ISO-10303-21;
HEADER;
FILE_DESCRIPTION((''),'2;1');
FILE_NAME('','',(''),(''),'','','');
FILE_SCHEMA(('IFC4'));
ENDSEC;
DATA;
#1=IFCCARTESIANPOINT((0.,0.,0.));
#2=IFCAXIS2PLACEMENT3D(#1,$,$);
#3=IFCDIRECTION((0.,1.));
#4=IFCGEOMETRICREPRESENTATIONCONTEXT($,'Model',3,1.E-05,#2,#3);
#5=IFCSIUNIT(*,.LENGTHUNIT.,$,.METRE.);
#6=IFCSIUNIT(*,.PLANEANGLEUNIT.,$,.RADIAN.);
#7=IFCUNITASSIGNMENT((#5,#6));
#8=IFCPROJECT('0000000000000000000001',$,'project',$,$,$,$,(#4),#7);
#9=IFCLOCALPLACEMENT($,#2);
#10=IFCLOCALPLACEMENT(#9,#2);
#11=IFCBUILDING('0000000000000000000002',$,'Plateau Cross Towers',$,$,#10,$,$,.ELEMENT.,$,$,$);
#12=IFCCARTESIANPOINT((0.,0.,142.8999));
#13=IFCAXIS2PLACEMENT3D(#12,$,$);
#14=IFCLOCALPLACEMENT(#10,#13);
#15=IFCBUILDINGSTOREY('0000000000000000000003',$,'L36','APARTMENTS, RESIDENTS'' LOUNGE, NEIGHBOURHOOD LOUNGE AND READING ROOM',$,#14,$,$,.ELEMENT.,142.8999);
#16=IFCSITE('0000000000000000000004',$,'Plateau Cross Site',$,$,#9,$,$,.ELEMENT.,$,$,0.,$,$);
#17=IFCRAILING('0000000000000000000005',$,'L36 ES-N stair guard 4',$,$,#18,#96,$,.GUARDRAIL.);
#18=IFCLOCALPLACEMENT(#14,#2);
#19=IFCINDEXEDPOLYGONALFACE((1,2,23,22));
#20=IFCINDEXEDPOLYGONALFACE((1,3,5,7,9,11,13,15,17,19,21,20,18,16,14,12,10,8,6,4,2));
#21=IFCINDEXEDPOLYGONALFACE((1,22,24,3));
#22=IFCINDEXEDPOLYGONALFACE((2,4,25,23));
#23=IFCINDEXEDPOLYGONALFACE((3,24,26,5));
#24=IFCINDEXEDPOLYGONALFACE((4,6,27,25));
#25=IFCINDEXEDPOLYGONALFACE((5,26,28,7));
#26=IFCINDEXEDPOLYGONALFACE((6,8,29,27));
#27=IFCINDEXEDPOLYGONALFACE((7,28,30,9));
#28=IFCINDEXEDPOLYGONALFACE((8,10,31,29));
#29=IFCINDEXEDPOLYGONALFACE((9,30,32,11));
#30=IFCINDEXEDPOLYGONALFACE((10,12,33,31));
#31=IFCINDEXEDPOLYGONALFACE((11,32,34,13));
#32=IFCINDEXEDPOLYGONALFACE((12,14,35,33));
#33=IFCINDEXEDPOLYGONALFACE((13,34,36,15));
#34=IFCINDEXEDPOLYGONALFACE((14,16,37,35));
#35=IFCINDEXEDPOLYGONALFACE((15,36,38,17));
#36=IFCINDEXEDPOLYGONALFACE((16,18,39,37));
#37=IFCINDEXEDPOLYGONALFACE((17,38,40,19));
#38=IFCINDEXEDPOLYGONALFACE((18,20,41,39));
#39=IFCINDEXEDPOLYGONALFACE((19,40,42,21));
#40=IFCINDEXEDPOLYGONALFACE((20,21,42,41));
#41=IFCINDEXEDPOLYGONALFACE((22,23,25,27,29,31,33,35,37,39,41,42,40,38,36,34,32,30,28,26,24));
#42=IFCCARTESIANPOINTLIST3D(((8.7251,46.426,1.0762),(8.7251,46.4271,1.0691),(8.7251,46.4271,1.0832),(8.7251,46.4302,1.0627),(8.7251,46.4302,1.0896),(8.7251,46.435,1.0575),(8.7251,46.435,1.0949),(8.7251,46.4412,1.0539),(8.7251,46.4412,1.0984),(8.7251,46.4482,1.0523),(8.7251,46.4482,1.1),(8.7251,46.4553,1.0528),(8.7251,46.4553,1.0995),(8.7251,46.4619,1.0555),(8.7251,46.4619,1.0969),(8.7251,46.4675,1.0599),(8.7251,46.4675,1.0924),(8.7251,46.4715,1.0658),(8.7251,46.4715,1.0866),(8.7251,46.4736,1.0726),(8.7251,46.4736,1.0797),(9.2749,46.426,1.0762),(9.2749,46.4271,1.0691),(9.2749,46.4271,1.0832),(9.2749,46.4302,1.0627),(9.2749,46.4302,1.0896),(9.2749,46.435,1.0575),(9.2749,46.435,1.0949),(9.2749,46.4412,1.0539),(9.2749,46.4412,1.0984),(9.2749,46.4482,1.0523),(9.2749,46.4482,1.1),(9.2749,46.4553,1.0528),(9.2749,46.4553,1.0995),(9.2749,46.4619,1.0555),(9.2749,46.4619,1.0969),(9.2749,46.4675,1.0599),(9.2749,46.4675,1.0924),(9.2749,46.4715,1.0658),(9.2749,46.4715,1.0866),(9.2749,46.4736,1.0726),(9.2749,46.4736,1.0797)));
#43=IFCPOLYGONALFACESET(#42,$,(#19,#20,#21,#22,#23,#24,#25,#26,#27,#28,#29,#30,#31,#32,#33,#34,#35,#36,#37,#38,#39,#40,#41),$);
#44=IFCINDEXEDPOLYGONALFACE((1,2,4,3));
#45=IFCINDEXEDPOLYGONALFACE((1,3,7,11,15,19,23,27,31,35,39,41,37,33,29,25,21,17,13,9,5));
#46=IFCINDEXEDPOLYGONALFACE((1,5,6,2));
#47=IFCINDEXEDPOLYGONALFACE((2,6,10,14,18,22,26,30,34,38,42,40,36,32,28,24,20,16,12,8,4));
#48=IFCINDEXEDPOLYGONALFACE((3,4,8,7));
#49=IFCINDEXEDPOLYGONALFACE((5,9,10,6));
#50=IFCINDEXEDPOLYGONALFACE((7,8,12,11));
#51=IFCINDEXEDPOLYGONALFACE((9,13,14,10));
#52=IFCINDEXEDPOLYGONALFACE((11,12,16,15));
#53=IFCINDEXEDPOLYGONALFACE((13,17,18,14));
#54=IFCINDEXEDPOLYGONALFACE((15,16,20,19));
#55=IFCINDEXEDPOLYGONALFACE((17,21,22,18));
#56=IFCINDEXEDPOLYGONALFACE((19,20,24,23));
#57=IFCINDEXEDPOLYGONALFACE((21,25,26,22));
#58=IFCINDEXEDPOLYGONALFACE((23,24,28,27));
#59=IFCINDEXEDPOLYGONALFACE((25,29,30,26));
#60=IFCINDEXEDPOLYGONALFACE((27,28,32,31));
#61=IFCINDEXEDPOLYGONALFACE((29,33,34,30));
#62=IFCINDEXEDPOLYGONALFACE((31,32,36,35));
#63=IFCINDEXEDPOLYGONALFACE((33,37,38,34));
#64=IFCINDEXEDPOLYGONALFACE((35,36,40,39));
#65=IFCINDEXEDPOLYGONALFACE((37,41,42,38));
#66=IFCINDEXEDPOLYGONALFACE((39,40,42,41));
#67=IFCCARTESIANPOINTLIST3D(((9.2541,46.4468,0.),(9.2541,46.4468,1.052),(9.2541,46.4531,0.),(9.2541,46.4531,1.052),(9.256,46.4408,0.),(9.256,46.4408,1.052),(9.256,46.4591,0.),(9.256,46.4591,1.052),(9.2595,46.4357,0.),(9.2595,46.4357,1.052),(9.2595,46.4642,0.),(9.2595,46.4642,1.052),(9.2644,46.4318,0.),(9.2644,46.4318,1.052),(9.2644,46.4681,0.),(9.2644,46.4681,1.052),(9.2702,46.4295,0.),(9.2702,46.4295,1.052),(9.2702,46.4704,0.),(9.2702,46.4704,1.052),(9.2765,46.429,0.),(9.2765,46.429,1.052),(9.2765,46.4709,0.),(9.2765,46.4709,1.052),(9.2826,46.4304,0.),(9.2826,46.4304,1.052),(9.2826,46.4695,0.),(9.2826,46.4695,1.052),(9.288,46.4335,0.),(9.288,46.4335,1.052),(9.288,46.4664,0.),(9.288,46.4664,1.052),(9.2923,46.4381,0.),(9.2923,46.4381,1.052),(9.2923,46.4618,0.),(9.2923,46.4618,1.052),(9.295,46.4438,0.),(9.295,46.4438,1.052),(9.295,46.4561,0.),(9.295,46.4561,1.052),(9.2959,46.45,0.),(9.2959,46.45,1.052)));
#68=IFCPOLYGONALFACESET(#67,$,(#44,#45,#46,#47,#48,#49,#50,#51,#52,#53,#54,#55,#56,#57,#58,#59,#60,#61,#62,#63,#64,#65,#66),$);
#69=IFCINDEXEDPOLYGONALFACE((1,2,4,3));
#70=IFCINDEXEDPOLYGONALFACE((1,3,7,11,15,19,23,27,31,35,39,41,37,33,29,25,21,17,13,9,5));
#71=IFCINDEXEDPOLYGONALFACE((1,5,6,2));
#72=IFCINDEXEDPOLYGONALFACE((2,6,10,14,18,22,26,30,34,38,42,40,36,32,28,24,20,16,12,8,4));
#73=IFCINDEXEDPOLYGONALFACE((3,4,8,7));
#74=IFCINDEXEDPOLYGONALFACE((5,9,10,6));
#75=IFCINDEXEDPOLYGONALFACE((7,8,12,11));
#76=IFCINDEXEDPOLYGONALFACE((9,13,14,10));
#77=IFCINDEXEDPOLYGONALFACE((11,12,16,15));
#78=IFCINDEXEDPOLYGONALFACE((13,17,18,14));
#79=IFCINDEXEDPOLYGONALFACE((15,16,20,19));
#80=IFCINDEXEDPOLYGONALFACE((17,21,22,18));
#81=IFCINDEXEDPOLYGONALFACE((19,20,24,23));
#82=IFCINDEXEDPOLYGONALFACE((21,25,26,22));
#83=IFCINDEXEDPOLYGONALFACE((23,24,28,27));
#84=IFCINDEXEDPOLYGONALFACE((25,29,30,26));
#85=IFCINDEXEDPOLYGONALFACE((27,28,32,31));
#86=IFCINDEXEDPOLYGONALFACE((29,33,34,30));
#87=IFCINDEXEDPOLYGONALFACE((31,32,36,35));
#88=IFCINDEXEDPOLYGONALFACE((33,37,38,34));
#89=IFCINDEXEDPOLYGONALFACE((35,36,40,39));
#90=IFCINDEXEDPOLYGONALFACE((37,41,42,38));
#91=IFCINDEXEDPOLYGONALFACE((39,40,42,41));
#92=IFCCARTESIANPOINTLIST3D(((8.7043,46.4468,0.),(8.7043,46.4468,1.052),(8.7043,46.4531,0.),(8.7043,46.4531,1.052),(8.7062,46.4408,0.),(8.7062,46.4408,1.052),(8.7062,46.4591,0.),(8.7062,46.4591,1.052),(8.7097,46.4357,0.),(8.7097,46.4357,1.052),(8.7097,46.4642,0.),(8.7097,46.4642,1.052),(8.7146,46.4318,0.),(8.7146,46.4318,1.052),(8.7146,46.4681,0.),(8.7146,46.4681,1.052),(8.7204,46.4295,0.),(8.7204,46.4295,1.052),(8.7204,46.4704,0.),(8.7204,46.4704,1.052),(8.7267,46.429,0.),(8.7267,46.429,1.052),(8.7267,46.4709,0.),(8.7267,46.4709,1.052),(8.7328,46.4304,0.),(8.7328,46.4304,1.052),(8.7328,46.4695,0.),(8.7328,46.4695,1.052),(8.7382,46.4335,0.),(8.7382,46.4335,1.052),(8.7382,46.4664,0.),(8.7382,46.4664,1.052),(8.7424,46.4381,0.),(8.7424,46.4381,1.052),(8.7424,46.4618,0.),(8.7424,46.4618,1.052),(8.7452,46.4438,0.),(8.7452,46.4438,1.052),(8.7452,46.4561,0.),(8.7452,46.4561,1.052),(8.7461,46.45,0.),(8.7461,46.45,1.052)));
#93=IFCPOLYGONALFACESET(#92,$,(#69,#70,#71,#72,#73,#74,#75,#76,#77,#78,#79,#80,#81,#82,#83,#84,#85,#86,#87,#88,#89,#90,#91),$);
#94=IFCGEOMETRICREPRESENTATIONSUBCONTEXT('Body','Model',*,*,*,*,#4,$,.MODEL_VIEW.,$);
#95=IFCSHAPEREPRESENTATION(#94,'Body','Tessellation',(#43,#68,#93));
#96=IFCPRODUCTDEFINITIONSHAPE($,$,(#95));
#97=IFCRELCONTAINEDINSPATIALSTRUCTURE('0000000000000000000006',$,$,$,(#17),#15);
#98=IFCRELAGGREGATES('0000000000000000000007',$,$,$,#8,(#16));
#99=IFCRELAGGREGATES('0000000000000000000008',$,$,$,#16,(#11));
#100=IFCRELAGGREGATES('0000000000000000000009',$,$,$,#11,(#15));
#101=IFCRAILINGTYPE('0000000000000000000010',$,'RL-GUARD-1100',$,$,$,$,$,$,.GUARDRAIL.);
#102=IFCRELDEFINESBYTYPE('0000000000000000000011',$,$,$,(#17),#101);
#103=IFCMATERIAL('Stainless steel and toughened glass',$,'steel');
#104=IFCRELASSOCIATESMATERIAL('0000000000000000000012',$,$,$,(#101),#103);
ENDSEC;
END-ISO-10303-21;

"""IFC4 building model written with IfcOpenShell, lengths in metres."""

from ifc_helpers import new_model, si_unit, direction, frame, origin, origin_2d, place, context, subcontext, project, spatial, circle, extrude, material, type_object, element, save


model = new_model("IFC4")

# Units and contexts
model_context = context("Model", 3, precision=1e-05, world=origin(), true_north=direction((0.0, 1.0)))
body_context = subcontext(model_context, "Body", "Model", "MODEL_VIEW")
ifc_project = project(units=[si_unit("LENGTHUNIT", "METRE"), si_unit("PLANEANGLEUNIT", "RADIAN")], contexts=[model_context])

# Site, building, storey
site_placement = place(None, origin())
site = spatial("IfcSite", under=ifc_project, at=site_placement, Name="Plateau Cross Site", CompositionType="ELEMENT", RefElevation=0.0)
building_placement = place(site_placement, origin())
building = spatial("IfcBuilding", under=site, at=building_placement, Name="Plateau Cross Towers", CompositionType="ELEMENT")
storey_placement = place(building_placement, frame((0.0, 0.0, 142.8999)))
storey = spatial("IfcBuildingStorey", under=building, at=storey_placement, Name="L36", Description="APARTMENTS, RESIDENTS' LOUNGE, NEIGHBOURHOOD LOUNGE AND READING ROOM", CompositionType="ELEMENT", Elevation=142.8999)

# Railing
ifc_material_1 = material(Name="Stainless steel and toughened glass", Category="steel")
railing_type_1 = type_object("IfcRailingType", Name="RL-GUARD-1100", PredefinedType="GUARDRAIL", material=ifc_material_1)
railing_1_placement = place(storey_placement, frame((9.2749, 46.45, 0.0)))
element("IfcRailing", 1, at=railing_1_placement, inside=storey, type_object=railing_type_1, Name="L36 ES-N stair guard 4", PredefinedType="GUARDRAIL", context=body_context, shape_type="SweptSolid", body=[
    extrude(circle(Radius=0.0239, at=origin_2d()), frame((0.0, 0.0, 1.0762), z_axis=(-1.0, 0.0, 0.0), x_axis=(0.0, -1.0, 0.0)), (0.0, 0.0, 1.0), 0.5498),
    extrude(circle(Radius=0.021, at=origin_2d()), origin(), (0.0, 0.0, 1.0), 1.052),
    extrude(circle(Radius=0.021, at=origin_2d()), frame((-0.5498, 0.0, 0.0)), (0.0, 0.0, 1.0), 1.052),
])

save(model, "model.ifc")
